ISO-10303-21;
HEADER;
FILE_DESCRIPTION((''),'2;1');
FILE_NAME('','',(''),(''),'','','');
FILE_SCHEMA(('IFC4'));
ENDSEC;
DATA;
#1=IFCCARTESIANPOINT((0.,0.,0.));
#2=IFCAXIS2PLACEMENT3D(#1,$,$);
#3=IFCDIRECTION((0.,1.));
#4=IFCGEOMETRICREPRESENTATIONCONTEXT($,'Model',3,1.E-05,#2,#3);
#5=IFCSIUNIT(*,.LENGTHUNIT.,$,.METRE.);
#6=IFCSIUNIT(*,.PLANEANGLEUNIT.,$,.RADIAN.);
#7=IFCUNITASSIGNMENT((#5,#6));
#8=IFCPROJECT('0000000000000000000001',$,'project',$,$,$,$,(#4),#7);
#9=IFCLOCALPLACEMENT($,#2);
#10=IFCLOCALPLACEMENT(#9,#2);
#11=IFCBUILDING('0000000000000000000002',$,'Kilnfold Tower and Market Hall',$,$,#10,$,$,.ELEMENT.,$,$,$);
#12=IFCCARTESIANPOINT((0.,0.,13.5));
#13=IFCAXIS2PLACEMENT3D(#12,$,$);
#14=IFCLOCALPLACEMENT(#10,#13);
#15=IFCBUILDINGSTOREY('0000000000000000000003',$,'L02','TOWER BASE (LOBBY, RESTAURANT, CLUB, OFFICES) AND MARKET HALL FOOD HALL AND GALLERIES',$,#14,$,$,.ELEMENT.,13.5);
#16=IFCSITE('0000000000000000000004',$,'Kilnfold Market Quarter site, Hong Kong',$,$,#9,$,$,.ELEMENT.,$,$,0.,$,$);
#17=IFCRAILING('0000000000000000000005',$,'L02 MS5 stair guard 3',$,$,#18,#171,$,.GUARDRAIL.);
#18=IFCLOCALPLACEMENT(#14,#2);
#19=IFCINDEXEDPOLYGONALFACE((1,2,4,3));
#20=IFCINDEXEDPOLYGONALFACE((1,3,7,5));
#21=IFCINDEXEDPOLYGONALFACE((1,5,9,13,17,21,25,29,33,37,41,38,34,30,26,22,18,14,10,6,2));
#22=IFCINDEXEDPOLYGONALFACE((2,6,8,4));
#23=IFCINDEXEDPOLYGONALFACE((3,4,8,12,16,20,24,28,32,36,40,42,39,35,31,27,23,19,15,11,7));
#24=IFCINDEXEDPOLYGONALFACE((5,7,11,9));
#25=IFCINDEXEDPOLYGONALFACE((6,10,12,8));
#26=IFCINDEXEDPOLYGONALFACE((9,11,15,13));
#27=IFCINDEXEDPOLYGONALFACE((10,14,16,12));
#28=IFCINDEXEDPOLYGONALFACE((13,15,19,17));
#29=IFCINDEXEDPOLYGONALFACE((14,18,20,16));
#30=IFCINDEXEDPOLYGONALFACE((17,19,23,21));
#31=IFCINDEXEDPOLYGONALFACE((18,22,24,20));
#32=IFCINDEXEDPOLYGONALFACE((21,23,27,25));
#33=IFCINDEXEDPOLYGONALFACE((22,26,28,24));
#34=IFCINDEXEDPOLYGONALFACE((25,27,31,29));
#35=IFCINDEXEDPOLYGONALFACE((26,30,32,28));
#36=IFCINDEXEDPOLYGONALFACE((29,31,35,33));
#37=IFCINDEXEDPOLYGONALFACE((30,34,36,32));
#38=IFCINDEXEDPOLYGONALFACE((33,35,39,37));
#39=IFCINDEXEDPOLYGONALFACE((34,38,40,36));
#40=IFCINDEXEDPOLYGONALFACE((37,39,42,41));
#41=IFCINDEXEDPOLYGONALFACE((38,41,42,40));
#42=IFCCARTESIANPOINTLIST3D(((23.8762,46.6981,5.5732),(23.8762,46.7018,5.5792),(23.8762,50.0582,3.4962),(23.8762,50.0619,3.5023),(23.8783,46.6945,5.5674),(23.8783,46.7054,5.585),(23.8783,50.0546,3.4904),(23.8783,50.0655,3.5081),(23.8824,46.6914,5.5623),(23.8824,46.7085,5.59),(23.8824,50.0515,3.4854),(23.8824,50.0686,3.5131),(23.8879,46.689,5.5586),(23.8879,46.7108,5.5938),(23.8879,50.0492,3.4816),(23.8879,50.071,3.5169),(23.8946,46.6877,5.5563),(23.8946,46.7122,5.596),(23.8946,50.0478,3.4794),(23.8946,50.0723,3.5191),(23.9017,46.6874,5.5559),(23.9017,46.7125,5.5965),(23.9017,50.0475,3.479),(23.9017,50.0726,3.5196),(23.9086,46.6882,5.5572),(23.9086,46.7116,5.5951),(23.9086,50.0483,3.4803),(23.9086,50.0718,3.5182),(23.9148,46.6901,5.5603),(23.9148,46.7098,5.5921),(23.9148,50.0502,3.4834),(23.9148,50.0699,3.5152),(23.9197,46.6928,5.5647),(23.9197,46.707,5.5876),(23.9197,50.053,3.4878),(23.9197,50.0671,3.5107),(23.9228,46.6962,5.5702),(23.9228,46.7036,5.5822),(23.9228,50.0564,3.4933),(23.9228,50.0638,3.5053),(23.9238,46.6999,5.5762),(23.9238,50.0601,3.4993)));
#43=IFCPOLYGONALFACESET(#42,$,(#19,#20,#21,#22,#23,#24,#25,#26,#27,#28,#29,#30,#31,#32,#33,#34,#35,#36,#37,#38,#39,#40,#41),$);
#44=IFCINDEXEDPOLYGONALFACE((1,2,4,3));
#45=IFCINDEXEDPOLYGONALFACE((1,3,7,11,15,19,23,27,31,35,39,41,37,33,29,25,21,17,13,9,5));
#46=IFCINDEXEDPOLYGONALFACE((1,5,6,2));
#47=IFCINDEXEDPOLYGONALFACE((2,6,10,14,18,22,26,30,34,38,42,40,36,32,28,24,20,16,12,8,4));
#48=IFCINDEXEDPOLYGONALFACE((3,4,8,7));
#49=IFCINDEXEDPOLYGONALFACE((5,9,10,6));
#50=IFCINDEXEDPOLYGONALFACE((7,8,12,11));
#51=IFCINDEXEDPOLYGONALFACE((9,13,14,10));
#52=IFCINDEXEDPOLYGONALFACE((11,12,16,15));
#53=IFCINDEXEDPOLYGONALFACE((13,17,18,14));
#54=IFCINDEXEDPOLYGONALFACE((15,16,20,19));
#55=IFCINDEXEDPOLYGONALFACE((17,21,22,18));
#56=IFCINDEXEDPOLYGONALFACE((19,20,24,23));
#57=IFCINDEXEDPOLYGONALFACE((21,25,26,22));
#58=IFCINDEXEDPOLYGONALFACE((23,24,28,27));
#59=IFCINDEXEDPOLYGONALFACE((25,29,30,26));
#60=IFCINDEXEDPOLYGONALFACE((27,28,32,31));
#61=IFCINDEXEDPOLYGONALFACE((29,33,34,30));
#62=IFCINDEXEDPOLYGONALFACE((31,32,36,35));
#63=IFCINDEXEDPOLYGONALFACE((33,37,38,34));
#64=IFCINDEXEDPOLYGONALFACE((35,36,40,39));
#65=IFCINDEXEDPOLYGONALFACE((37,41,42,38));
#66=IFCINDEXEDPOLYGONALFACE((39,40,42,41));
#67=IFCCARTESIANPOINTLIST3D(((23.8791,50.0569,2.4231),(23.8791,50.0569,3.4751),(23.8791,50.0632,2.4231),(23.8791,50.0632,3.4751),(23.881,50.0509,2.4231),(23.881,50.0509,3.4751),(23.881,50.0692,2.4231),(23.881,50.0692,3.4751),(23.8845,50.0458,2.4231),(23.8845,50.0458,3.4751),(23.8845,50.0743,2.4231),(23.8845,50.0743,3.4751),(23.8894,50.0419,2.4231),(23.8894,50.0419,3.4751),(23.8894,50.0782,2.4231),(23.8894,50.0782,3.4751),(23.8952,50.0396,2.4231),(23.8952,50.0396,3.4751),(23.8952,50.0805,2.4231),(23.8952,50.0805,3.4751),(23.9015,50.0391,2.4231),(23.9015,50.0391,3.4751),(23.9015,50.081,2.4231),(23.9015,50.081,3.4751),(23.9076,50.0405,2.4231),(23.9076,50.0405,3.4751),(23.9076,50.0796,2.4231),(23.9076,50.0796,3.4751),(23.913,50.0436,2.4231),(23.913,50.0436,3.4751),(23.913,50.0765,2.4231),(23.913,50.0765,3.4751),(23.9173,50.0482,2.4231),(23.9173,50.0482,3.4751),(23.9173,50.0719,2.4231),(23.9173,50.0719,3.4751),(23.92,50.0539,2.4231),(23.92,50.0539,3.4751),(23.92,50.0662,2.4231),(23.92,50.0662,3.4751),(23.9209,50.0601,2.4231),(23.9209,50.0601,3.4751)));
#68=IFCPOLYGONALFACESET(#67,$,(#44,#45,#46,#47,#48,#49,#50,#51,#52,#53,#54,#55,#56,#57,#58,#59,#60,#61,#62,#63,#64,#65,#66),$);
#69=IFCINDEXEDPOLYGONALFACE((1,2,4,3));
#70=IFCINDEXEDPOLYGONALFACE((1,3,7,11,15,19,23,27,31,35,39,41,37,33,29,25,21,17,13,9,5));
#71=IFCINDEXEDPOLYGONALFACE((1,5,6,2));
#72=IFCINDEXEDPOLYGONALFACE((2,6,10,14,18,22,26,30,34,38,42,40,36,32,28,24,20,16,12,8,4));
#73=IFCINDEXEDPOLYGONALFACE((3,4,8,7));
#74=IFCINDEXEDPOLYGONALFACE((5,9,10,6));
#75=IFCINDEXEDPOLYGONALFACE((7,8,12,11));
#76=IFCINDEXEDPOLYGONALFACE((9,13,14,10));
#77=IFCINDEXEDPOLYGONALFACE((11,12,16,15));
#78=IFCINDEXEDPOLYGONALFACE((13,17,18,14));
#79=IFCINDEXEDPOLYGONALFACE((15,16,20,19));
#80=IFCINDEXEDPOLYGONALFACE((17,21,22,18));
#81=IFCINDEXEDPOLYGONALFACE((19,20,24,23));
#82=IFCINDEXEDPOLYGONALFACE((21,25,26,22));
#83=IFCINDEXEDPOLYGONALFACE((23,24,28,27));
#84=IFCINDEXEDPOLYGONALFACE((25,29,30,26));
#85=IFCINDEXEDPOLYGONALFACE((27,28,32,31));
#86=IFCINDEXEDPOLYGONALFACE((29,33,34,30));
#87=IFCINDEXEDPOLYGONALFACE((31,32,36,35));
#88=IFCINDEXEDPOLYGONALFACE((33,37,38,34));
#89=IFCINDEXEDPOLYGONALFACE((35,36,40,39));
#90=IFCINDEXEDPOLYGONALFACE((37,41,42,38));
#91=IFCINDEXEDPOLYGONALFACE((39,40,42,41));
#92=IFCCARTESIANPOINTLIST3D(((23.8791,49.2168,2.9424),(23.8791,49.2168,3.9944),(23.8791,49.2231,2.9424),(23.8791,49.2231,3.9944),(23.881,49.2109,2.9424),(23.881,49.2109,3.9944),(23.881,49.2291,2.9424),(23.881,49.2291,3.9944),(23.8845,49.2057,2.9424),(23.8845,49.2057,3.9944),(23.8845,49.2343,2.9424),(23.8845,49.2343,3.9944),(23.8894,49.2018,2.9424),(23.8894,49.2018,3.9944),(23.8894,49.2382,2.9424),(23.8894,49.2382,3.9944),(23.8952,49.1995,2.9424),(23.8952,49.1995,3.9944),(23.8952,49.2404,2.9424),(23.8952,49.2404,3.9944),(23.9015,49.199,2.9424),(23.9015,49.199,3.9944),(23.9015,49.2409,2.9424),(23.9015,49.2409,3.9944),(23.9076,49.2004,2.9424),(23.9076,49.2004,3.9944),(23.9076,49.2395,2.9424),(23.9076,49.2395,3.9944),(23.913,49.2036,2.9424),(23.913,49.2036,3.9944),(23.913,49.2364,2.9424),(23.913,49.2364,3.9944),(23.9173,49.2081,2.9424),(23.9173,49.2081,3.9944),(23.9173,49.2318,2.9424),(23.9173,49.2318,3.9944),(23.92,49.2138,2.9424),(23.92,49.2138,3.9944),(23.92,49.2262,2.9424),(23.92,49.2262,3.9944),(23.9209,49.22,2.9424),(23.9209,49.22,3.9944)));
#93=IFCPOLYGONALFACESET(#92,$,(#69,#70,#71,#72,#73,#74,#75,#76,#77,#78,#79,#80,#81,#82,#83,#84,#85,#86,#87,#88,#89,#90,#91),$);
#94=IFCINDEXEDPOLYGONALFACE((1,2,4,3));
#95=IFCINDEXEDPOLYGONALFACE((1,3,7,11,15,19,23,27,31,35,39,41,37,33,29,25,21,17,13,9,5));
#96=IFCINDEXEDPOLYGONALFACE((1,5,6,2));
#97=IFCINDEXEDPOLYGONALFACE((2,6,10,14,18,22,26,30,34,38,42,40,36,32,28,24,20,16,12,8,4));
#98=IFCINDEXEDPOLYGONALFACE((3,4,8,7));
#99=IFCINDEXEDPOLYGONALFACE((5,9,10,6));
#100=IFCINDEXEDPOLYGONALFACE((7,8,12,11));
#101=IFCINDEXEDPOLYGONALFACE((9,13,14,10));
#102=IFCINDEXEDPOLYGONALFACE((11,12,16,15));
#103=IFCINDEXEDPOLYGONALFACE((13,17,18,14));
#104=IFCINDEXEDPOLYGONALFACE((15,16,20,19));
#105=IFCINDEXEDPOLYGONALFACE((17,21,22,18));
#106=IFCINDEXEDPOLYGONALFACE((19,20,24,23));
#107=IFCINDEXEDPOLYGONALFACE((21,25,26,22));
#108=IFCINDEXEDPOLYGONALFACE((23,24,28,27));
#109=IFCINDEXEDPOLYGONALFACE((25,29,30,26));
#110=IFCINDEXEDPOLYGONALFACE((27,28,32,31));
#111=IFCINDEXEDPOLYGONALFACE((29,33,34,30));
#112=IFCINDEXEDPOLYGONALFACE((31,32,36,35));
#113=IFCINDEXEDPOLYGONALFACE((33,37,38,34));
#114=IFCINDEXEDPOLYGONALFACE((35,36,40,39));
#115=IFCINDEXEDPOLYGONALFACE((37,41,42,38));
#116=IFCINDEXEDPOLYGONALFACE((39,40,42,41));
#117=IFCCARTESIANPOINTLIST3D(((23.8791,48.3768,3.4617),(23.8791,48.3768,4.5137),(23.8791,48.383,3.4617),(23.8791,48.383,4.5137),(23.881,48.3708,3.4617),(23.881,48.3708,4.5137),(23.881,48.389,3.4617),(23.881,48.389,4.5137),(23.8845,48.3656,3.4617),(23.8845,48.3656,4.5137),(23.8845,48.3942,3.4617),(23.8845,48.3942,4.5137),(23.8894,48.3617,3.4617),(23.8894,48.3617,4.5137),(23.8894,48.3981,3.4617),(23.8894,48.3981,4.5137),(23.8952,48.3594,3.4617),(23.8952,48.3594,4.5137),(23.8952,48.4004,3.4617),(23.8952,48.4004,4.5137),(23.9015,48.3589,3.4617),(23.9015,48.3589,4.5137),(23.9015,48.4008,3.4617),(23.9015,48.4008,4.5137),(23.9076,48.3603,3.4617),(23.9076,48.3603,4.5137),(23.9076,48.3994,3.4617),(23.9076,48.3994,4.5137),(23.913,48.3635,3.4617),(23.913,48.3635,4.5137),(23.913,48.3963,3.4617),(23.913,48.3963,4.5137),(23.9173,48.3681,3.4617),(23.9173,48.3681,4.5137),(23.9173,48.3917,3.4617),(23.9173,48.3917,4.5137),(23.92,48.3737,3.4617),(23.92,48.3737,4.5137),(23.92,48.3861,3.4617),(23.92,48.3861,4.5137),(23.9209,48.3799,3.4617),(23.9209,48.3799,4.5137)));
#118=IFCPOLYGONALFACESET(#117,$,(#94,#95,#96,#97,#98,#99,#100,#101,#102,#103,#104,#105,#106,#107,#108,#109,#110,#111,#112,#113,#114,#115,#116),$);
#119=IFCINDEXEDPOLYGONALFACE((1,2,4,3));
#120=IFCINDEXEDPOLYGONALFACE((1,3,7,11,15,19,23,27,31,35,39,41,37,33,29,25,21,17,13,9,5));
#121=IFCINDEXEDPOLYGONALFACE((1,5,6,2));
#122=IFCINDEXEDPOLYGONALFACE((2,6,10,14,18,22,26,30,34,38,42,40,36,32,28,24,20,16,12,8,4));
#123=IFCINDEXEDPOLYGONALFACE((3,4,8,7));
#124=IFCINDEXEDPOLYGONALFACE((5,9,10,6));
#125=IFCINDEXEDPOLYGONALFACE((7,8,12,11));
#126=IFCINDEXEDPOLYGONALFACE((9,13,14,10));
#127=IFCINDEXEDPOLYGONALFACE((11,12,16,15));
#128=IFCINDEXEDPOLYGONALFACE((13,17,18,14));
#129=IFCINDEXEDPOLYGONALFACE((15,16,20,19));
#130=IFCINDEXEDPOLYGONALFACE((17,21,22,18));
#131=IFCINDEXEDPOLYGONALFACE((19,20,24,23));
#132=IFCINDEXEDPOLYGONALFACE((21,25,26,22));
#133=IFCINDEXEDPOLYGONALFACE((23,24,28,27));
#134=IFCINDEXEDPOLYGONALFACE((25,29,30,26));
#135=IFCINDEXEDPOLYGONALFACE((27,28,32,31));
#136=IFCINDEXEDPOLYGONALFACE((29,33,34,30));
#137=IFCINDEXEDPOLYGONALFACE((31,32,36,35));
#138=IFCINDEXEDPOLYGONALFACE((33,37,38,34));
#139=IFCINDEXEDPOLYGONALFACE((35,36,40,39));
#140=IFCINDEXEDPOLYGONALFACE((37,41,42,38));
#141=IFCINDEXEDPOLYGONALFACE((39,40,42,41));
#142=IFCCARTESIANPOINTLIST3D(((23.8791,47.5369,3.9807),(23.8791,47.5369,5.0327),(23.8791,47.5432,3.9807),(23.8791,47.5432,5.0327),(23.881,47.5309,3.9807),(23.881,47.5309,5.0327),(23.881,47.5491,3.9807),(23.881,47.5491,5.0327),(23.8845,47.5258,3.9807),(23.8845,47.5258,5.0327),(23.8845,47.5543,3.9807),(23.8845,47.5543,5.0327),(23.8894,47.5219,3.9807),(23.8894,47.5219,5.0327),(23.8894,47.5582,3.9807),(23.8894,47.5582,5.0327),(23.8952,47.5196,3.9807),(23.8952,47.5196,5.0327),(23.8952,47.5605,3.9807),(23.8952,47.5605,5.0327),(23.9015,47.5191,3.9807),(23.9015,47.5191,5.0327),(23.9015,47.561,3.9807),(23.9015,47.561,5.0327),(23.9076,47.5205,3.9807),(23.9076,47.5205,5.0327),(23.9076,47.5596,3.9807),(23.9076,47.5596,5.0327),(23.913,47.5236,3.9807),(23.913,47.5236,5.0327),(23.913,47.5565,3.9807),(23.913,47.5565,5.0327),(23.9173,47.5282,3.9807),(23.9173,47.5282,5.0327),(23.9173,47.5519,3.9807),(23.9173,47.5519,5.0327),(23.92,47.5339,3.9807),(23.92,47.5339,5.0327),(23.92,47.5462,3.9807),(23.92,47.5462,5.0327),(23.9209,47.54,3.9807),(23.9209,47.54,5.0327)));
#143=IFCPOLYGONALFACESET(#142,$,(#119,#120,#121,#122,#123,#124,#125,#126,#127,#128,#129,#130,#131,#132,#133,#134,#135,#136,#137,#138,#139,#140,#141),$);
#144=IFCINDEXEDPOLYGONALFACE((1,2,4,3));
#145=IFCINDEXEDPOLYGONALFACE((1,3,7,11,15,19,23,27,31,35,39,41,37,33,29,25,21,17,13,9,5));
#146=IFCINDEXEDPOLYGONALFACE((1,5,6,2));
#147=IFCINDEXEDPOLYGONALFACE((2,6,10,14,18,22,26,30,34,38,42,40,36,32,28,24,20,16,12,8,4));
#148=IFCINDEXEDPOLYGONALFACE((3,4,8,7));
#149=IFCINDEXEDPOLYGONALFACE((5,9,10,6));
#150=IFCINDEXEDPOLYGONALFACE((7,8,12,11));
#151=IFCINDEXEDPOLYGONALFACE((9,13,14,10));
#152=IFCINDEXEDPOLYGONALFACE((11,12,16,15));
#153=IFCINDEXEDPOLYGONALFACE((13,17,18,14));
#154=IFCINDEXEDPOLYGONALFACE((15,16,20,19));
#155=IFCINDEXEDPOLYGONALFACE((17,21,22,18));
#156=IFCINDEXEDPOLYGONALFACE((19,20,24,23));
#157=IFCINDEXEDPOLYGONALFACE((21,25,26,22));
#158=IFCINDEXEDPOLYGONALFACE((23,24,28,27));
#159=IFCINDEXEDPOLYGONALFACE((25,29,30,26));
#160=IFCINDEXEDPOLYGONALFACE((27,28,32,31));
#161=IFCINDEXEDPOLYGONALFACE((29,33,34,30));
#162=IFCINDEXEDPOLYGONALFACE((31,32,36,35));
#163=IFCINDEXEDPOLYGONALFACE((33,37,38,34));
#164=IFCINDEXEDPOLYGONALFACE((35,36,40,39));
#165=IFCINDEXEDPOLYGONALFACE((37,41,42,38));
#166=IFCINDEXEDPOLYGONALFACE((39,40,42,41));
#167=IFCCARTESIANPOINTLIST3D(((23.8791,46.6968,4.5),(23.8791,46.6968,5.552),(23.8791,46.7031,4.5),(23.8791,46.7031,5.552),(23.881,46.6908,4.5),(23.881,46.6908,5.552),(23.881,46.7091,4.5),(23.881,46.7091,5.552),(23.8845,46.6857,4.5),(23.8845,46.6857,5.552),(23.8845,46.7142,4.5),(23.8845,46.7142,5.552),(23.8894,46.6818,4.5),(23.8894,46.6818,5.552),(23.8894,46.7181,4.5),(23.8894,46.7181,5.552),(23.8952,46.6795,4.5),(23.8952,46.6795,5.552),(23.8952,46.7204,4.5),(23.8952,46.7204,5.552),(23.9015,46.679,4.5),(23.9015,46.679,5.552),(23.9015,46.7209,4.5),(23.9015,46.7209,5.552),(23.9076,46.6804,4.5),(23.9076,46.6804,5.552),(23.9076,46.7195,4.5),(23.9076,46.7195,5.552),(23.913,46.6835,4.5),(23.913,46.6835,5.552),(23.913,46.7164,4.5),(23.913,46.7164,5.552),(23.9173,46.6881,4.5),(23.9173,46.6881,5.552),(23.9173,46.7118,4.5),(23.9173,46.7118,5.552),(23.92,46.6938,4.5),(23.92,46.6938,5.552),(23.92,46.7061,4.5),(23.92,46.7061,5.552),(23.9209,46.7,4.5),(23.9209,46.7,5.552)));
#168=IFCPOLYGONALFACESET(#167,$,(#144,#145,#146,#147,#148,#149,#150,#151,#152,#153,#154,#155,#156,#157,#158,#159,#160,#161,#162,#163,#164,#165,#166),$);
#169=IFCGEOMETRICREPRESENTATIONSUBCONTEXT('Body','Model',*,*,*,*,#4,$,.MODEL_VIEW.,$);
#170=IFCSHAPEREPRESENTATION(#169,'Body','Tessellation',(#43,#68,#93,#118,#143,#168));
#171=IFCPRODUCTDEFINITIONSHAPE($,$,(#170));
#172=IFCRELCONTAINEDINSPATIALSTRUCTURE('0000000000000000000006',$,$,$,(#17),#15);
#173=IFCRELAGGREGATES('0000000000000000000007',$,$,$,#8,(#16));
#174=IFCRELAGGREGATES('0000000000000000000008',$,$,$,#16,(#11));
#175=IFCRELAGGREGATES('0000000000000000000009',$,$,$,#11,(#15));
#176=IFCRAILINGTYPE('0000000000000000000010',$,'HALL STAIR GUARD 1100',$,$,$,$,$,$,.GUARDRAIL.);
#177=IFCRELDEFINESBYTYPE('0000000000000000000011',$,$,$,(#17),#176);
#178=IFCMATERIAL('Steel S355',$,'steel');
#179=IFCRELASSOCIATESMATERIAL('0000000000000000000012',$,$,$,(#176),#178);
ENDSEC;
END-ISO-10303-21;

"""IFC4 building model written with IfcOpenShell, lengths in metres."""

from ifc_helpers import new_model, si_unit, direction, frame, origin, origin_2d, place, context, subcontext, project, spatial, circle, extrude, material, type_object, element, save


model = new_model("IFC4")

# Units and contexts
model_context = context("Model", 3, precision=1e-05, world=origin(), true_north=direction((0.0, 1.0)))
body_context = subcontext(model_context, "Body", "Model", "MODEL_VIEW")
ifc_project = project(units=[si_unit("LENGTHUNIT", "METRE"), si_unit("PLANEANGLEUNIT", "RADIAN")], contexts=[model_context])

# Site, building, storey
site_placement = place(None, origin())
site = spatial("IfcSite", under=ifc_project, at=site_placement, Name="Kilnfold Market Quarter site, Hong Kong", CompositionType="ELEMENT", RefElevation=0.0)
building_placement = place(site_placement, origin())
building = spatial("IfcBuilding", under=site, at=building_placement, Name="Kilnfold Tower and Market Hall", CompositionType="ELEMENT")
storey_placement = place(building_placement, frame((0.0, 0.0, 13.5)))
storey = spatial("IfcBuildingStorey", under=building, at=storey_placement, Name="L02", Description="TOWER BASE (LOBBY, RESTAURANT, CLUB, OFFICES) AND MARKET HALL FOOD HALL AND GALLERIES", CompositionType="ELEMENT", Elevation=13.5)

# Railing
ifc_material_1 = material(Name="Steel S355", Category="steel")
railing_type_1 = type_object("IfcRailingType", Name="HALL STAIR GUARD 1100", PredefinedType="GUARDRAIL", material=ifc_material_1)
railing_1_placement = place(storey_placement, frame((23.8999, 50.0601, 2.4231)))
element("IfcRailing", 1, at=railing_1_placement, inside=storey, type_object=railing_type_1, Name="L02 MS5 stair guard 3", PredefinedType="GUARDRAIL", context=body_context, shape_type="SweptSolid", body=[
    extrude(circle(Radius=0.0239, at=origin_2d()), frame((0.0, 0.0, 1.0762), z_axis=(0.0, -0.850623, 0.525776), x_axis=(1.0, 0.0, 0.0)), (0.0, 0.0, 1.0), 3.9502),
    extrude(circle(Radius=0.021, at=origin_2d()), origin(), (0.0, 0.0, 1.0), 1.052),
    extrude(circle(Radius=0.021, at=origin_2d()), frame((0.0, -0.8401, 0.5193)), (0.0, 0.0, 1.0), 1.052),
    extrude(circle(Radius=0.021, at=origin_2d()), frame((0.0, -1.6802, 1.0386)), (0.0, 0.0, 1.0), 1.052),
    extrude(circle(Radius=0.021, at=origin_2d()), frame((0.0, -2.52, 1.5576)), (0.0, 0.0, 1.0), 1.052),
    extrude(circle(Radius=0.021, at=origin_2d()), frame((0.0, -3.3601, 2.0769)), (0.0, 0.0, 1.0), 1.052),
])

save(model, "model.ifc")
